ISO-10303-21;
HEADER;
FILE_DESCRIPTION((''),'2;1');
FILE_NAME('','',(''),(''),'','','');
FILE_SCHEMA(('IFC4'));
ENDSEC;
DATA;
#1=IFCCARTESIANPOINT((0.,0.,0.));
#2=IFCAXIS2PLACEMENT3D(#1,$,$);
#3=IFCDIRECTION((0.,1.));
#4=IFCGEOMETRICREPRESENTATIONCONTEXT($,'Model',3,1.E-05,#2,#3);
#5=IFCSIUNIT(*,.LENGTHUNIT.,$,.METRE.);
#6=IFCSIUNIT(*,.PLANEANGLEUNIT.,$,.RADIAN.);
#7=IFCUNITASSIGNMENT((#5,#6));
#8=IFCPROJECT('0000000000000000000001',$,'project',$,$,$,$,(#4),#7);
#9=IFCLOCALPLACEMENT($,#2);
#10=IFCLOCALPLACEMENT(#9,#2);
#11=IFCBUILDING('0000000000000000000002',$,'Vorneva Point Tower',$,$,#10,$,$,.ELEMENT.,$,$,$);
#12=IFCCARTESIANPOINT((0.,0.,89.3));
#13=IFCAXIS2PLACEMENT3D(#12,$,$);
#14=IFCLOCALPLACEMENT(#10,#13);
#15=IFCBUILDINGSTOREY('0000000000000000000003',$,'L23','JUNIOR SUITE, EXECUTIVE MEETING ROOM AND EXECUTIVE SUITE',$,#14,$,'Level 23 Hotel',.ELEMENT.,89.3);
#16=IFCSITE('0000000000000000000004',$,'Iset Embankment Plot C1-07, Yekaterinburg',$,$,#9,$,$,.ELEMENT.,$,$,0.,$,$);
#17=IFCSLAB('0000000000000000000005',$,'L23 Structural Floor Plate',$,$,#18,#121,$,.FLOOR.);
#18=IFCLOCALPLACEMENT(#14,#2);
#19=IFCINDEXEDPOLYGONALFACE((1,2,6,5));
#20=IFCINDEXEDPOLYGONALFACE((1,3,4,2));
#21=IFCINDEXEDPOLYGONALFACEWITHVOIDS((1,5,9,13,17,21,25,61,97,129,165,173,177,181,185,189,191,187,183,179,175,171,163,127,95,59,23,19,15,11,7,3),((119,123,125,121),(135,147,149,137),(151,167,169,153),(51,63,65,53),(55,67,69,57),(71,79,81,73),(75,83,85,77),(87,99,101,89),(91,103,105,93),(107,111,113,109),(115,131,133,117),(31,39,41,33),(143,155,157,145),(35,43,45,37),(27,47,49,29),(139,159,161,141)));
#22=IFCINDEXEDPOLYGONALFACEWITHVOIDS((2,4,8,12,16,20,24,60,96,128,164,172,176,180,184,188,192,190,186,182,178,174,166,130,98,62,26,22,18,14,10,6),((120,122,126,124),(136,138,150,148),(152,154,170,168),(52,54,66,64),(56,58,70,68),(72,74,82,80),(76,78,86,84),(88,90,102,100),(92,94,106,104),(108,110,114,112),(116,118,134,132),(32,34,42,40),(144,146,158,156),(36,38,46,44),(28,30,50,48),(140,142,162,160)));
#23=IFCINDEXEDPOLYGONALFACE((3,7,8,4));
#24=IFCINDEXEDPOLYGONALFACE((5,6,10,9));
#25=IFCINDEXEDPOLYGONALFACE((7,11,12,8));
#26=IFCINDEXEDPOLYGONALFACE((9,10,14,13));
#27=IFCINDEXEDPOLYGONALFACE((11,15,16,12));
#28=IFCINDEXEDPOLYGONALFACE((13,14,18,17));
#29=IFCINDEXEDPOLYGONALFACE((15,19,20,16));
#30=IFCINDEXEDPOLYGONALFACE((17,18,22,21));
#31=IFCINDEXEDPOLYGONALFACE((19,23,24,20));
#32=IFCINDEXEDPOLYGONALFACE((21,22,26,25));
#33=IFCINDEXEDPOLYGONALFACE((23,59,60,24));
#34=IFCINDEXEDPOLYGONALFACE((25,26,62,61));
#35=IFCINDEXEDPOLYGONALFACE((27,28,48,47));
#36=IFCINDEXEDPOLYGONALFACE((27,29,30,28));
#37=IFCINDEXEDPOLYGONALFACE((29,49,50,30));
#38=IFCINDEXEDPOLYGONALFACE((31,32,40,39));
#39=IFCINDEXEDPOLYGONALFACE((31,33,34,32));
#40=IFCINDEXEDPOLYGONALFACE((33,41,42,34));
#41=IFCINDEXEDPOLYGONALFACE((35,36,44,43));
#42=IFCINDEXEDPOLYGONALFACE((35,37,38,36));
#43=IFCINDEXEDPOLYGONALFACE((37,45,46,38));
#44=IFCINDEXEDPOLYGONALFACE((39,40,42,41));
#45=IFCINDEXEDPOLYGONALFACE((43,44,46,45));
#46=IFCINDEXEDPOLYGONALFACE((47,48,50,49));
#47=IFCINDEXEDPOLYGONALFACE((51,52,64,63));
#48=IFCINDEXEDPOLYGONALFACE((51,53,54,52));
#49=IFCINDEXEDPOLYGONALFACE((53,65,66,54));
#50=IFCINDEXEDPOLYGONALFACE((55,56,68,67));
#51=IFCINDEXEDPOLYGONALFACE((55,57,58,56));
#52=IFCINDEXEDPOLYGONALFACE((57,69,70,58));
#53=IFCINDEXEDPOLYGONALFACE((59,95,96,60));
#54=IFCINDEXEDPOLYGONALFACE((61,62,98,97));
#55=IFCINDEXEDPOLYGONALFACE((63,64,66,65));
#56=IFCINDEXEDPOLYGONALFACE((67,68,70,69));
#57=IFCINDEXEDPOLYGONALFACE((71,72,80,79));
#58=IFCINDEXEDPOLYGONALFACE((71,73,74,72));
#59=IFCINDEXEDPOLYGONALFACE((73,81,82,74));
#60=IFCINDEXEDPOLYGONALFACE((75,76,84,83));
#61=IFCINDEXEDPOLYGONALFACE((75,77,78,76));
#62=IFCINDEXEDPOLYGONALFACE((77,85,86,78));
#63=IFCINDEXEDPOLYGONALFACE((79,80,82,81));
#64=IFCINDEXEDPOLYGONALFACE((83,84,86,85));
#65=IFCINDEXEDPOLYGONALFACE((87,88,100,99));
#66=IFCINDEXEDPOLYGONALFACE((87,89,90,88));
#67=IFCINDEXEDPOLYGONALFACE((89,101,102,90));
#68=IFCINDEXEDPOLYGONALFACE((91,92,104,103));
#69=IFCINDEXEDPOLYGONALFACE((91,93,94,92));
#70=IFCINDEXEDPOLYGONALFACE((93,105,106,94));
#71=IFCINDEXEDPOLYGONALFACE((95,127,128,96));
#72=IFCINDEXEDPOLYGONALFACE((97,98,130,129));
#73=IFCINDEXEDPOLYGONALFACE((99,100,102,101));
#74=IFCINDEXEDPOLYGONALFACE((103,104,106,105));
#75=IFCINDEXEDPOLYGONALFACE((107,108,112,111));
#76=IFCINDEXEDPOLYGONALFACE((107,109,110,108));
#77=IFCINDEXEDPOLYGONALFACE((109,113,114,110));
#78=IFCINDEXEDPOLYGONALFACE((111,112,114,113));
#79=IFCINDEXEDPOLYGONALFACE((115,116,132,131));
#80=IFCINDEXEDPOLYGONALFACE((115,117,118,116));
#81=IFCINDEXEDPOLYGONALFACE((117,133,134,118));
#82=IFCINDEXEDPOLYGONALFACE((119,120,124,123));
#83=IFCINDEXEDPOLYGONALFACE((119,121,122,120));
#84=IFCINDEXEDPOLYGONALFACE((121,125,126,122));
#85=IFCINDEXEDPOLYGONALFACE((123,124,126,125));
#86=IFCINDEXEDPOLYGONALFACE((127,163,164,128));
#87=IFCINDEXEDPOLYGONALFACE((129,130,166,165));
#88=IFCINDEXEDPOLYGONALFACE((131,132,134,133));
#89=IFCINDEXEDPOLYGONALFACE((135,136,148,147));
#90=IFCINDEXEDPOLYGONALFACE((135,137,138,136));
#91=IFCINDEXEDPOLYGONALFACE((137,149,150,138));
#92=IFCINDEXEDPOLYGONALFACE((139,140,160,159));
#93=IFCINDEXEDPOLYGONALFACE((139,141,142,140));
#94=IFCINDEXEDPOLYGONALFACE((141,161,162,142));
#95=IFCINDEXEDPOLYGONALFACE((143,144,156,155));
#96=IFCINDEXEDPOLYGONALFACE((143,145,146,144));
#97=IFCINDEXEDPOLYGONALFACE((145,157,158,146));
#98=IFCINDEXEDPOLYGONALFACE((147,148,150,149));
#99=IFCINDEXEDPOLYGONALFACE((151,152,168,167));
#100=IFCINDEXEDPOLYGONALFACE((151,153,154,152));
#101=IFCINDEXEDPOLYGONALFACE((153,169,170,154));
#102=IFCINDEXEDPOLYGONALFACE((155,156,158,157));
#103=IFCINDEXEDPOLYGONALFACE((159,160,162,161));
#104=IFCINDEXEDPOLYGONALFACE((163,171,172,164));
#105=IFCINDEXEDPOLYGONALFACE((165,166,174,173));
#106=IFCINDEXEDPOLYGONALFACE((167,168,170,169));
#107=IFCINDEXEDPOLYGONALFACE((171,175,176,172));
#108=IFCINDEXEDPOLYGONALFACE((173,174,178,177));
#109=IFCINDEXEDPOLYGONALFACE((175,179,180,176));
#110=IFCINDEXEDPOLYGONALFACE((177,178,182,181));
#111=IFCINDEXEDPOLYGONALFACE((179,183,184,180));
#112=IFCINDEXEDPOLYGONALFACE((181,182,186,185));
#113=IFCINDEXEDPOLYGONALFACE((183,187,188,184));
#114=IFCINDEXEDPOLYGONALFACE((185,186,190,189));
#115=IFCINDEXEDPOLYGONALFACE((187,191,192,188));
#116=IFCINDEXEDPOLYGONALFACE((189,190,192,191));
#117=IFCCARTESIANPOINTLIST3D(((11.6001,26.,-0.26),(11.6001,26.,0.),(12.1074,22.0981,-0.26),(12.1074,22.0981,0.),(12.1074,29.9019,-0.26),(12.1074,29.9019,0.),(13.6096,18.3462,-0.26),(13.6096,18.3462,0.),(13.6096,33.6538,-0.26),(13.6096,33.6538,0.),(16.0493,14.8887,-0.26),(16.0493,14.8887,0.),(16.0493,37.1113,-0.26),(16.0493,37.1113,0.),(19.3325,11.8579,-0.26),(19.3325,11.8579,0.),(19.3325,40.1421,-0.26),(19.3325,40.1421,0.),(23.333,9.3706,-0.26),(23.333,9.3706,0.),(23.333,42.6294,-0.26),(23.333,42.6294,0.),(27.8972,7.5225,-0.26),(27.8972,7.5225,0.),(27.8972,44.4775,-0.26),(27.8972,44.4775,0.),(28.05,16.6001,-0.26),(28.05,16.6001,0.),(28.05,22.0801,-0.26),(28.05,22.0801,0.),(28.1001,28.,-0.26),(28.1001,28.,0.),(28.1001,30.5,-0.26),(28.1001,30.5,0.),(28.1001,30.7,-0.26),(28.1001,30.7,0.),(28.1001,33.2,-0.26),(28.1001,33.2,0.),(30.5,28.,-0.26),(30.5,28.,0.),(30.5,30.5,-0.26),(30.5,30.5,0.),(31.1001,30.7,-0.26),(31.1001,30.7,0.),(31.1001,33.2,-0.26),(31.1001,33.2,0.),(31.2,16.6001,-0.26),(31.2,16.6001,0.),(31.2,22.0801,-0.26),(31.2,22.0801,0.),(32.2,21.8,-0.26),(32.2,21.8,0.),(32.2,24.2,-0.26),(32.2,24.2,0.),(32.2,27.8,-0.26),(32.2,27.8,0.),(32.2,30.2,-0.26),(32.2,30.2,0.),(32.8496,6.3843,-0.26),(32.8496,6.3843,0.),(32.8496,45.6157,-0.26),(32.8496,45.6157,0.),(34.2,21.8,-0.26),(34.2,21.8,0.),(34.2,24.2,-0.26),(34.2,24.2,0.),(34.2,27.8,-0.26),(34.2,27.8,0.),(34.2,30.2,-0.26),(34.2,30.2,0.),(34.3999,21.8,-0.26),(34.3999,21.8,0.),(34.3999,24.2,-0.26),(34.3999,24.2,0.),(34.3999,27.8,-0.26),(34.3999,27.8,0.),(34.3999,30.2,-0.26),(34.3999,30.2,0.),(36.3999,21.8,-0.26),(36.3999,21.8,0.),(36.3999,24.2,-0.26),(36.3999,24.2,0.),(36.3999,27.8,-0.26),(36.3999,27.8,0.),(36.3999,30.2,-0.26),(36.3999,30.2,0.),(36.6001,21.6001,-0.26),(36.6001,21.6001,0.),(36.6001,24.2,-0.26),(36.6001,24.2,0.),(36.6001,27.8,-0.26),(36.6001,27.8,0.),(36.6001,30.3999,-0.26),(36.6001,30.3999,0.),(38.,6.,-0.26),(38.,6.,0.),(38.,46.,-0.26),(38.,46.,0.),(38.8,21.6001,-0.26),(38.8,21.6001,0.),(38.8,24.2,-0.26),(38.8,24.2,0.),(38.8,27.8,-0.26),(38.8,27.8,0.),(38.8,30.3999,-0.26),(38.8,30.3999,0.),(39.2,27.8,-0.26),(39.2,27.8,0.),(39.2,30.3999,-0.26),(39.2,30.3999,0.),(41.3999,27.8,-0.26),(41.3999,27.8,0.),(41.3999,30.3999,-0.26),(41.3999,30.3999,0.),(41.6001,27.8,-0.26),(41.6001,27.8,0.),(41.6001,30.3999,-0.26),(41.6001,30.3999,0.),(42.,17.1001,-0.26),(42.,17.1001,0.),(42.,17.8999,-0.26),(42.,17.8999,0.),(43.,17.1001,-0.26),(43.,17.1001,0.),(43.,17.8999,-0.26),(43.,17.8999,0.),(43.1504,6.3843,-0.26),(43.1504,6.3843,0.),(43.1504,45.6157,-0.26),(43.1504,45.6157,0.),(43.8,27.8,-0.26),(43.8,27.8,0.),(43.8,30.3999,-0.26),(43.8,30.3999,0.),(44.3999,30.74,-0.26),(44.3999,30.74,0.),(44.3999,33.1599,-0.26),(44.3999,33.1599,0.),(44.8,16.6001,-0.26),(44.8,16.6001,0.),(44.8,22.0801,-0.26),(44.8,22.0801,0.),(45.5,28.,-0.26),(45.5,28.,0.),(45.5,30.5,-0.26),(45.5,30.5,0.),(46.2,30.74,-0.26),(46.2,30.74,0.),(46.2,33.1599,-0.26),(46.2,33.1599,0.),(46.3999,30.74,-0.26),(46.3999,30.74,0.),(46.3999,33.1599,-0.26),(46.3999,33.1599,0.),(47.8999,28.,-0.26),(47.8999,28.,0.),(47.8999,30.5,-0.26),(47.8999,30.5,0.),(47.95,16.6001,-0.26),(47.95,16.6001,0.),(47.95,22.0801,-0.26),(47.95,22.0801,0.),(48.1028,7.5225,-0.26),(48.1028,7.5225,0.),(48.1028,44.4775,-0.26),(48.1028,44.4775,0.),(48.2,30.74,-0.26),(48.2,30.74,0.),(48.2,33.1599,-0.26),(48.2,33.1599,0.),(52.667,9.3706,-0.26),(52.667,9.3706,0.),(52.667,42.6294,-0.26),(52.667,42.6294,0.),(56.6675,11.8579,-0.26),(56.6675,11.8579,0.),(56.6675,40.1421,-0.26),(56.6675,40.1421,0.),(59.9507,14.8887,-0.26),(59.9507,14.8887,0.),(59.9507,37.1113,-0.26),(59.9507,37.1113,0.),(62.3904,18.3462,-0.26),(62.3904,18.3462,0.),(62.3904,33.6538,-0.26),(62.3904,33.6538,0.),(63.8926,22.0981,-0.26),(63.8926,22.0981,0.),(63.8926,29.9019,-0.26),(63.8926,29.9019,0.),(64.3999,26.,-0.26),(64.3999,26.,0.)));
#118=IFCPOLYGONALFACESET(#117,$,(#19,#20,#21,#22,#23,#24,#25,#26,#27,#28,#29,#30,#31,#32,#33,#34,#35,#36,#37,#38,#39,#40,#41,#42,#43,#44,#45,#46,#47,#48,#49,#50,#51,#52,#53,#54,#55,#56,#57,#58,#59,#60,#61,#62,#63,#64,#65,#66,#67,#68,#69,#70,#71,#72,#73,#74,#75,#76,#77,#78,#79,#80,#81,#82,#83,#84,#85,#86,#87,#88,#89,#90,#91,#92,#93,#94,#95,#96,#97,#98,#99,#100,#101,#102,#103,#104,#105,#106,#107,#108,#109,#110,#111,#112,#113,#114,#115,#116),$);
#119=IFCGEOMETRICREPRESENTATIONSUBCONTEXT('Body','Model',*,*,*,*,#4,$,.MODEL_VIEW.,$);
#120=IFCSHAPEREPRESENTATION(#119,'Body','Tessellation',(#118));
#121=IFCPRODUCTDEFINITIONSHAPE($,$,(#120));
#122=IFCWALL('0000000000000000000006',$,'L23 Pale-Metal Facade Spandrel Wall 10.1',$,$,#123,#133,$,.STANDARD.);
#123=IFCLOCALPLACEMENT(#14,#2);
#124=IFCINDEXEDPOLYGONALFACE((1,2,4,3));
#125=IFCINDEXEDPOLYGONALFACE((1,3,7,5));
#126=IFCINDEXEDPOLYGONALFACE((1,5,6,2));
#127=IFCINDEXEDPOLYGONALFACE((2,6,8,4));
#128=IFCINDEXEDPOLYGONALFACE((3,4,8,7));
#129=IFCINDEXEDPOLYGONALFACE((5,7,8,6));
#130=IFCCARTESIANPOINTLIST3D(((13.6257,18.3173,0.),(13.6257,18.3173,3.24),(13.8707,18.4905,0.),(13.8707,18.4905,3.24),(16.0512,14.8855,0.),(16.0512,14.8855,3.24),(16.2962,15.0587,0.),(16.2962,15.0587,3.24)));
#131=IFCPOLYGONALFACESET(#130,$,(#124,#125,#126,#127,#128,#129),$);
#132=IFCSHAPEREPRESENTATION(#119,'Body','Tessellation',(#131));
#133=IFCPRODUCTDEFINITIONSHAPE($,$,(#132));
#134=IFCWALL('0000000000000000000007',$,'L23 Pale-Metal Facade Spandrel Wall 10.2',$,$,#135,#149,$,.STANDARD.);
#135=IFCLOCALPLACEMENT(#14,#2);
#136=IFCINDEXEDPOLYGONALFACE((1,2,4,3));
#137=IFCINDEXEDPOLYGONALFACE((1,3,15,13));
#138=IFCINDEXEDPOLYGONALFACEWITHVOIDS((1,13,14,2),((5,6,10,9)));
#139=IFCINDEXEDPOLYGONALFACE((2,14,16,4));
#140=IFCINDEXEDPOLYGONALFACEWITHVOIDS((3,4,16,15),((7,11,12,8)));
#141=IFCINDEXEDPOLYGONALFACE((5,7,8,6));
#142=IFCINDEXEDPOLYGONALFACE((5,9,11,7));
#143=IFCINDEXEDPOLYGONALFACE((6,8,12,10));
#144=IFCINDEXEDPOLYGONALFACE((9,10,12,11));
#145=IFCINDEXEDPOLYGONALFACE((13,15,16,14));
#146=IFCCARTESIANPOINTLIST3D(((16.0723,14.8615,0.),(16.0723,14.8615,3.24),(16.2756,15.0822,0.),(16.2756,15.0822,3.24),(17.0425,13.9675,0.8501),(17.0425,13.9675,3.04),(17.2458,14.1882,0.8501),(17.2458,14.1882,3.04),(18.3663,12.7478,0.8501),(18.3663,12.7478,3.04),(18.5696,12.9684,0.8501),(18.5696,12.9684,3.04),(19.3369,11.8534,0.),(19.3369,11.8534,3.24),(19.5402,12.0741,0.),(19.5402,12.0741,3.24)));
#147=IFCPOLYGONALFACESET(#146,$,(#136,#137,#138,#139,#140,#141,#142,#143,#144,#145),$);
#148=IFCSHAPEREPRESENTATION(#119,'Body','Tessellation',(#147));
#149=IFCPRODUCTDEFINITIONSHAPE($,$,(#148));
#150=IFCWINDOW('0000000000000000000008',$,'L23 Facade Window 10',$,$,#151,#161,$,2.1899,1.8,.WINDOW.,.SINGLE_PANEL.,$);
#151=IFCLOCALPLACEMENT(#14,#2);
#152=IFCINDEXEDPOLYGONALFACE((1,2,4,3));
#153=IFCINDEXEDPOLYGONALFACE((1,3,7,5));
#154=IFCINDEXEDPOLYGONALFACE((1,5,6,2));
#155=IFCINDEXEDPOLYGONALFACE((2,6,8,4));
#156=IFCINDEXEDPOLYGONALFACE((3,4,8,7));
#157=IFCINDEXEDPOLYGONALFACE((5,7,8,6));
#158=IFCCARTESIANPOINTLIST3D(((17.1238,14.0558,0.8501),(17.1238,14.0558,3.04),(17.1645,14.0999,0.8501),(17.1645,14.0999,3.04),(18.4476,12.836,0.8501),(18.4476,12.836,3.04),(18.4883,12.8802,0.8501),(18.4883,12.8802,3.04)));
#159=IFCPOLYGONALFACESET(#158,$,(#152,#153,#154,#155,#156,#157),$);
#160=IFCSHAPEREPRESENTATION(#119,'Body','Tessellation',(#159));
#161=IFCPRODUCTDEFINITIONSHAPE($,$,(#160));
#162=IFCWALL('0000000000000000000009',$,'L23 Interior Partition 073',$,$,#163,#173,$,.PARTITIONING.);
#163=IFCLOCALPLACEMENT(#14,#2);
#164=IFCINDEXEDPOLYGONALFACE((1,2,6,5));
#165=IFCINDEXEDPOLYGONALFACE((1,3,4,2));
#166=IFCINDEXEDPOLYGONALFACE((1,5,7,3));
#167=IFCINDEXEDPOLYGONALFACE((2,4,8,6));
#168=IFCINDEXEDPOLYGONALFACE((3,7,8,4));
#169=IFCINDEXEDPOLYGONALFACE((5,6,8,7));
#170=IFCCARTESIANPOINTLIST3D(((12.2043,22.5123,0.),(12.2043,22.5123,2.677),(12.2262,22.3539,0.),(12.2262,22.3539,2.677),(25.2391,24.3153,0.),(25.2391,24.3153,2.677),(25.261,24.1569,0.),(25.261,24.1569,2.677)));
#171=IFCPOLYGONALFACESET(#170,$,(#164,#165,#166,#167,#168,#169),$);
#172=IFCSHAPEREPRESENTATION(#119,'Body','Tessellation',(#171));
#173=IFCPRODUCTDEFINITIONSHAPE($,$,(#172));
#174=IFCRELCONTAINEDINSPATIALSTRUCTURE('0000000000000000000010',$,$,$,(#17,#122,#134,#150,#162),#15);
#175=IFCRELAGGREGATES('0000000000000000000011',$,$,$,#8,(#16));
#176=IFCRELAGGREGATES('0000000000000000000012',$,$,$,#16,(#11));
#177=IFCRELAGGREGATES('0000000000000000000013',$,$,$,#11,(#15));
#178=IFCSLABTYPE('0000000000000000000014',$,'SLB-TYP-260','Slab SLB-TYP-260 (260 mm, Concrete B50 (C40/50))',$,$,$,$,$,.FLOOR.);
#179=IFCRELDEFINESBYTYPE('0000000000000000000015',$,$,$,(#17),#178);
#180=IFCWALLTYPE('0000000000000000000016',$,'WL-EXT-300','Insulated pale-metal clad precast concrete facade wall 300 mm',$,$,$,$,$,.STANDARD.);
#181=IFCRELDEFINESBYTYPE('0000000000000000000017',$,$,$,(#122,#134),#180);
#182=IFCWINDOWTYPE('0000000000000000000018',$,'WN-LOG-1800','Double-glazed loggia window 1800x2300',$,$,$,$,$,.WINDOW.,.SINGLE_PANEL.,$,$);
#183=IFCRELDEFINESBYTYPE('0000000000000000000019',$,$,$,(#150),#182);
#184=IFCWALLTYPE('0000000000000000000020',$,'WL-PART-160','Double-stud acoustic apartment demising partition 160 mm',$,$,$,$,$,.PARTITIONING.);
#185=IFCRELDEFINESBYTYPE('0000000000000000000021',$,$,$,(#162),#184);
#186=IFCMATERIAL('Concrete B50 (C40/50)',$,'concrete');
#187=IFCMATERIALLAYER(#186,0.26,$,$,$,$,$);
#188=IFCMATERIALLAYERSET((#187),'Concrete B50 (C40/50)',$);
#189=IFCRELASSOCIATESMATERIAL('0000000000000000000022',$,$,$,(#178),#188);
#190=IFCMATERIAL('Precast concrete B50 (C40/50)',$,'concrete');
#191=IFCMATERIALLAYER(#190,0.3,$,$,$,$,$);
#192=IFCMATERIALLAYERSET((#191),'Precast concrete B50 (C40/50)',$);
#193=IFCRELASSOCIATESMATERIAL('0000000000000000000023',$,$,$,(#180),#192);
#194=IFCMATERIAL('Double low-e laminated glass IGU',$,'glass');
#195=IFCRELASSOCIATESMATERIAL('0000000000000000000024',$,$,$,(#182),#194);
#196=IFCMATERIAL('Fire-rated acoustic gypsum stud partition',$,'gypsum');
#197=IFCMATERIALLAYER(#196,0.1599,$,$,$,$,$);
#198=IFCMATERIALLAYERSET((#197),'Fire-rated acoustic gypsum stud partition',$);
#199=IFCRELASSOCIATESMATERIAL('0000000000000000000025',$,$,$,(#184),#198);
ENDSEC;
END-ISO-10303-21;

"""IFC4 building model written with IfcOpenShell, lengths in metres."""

from ifc_helpers import new_model, si_unit, direction, frame, frame_2d, origin, place, context, subcontext, project, spatial, polyline, rectangle, outline, extrude, material, layer, layer_set, type_object, element, fill, save


model = new_model("IFC4")

# Units and contexts
model_context = context("Model", 3, precision=1e-05, world=origin(), true_north=direction((0.0, 1.0)))
body_context = subcontext(model_context, "Body", "Model", "MODEL_VIEW")
ifc_project = project(units=[si_unit("LENGTHUNIT", "METRE"), si_unit("PLANEANGLEUNIT", "RADIAN")], contexts=[model_context])

# Site, building, storey
site_placement = place(None, origin())
site = spatial("IfcSite", under=ifc_project, at=site_placement, Name="Iset Embankment Plot C1-07, Yekaterinburg", CompositionType="ELEMENT", RefElevation=0.0)
building_placement = place(site_placement, origin())
building = spatial("IfcBuilding", under=site, at=building_placement, Name="Vorneva Point Tower", CompositionType="ELEMENT")
storey_placement = place(building_placement, frame((0.0, 0.0, 89.3)))
storey = spatial("IfcBuildingStorey", under=building, at=storey_placement, Name="L23", Description="JUNIOR SUITE, EXECUTIVE MEETING ROOM AND EXECUTIVE SUITE", LongName="Level 23 Hotel", CompositionType="ELEMENT", Elevation=89.3)

# Shared definitions
ifc_material_1 = material(Name="Double low-e laminated glass IGU", Category="glass")

# Shared definitions
ifc_material_2 = material(Name="Concrete B50 (C40/50)", Category="concrete")

# Slab
ifc_layer_1 = layer(ifc_material_2, 0.26)
ifc_layer_set_1 = layer_set([ifc_layer_1], Name="Concrete B50 (C40/50)")
slab_type_1 = type_object("IfcSlabType", Name="SLB-TYP-260", Description="Slab SLB-TYP-260 (260 mm, Concrete B50 (C40/50))", PredefinedType="FLOOR", material=ifc_layer_set_1)
slab_1_placement = place(storey_placement, frame((0.0, 0.0, -0.26)))
element("IfcSlab", 1, at=slab_1_placement, inside=storey, type_object=slab_type_1, Name="L23 Structural Floor Plate", PredefinedType="FLOOR", context=body_context, shape_type="SweptSolid", body=[
    extrude(outline(polyline([(64.3999, 26.0), (63.8926, 29.9019), (62.3904, 33.6538), (59.9507, 37.1113), (56.6675, 40.1421), (52.667, 42.6294), (48.1028, 44.4775), (43.1504, 45.6157), (38.0, 46.0), (32.8496, 45.6157), (27.8972, 44.4775), (23.333, 42.6294), (19.3325, 40.1421), (16.0493, 37.1113), (13.6096, 33.6538), (12.1074, 29.9019), (11.6001, 26.0), (12.1074, 22.0981), (13.6096, 18.3462), (16.0493, 14.8887), (19.3325, 11.8579), (23.333, 9.3706), (27.8972, 7.5225), (32.8496, 6.3843), (38.0, 6.0), (43.1504, 6.3843), (48.1028, 7.5225), (52.667, 9.3706), (56.6675, 11.8579), (59.9507, 14.8887), (62.3904, 18.3462), (63.8926, 22.0981), (64.3999, 26.0)]), holes=[polyline([(32.2, 27.8), (34.2, 27.8), (34.2, 30.2), (32.2, 30.2), (32.2, 27.8)]), polyline([(34.3999, 27.8), (36.3999, 27.8), (36.3999, 30.2), (34.3999, 30.2), (34.3999, 27.8)]), polyline([(36.6001, 27.8), (38.8, 27.8), (38.8, 30.3999), (36.6001, 30.3999), (36.6001, 27.8)]), polyline([(32.2, 21.8), (34.2, 21.8), (34.2, 24.2), (32.2, 24.2), (32.2, 21.8)]), polyline([(34.3999, 21.8), (36.3999, 21.8), (36.3999, 24.2), (34.3999, 24.2), (34.3999, 21.8)]), polyline([(36.6001, 21.6001), (38.8, 21.6001), (38.8, 24.2), (36.6001, 24.2), (36.6001, 21.6001)]), polyline([(39.2, 27.8), (41.3999, 27.8), (41.3999, 30.3999), (39.2, 30.3999), (39.2, 27.8)]), polyline([(41.6001, 27.8), (43.8, 27.8), (43.8, 30.3999), (41.6001, 30.3999), (41.6001, 27.8)]), polyline([(44.3999, 30.74), (46.2, 30.74), (46.2, 33.1599), (44.3999, 33.1599), (44.3999, 30.74)]), polyline([(46.3999, 30.74), (48.2, 30.74), (48.2, 33.1599), (46.3999, 33.1599), (46.3999, 30.74)]), polyline([(28.1001, 28.0), (30.5, 28.0), (30.5, 30.5), (28.1001, 30.5), (28.1001, 28.0)]), polyline([(45.5, 28.0), (47.8999, 28.0), (47.8999, 30.5), (45.5, 30.5), (45.5, 28.0)]), polyline([(28.1001, 30.7), (31.1001, 30.7), (31.1001, 33.2), (28.1001, 33.2), (28.1001, 30.7)]), polyline([(28.05, 16.6001), (31.2, 16.6001), (31.2, 22.0801), (28.05, 22.0801), (28.05, 16.6001)]), polyline([(44.8, 16.6001), (47.95, 16.6001), (47.95, 22.0801), (44.8, 22.0801), (44.8, 16.6001)]), polyline([(42.0, 17.1001), (43.0, 17.1001), (43.0, 17.8999), (42.0, 17.8999), (42.0, 17.1001)])]), origin(), (0.0, 0.0, 1.0), 0.26),
])

# Wall
ifc_material_3 = material(Name="Precast concrete B50 (C40/50)", Category="concrete")
ifc_layer_2 = layer(ifc_material_3, 0.3)
ifc_layer_set_2 = layer_set([ifc_layer_2], Name="Precast concrete B50 (C40/50)")
wall_type_1 = type_object("IfcWallType", Name="WL-EXT-300", Description="Insulated pale-metal clad precast concrete facade wall 300 mm", PredefinedType="STANDARD", material=ifc_layer_set_2)
wall_1_placement = place(storey_placement, frame((13.7483, 18.4038, 0.0), z_axis=(0.0, 0.0, 1.0), x_axis=(0.577164, -0.816628, 0.0)))
element("IfcWall", 2, at=wall_1_placement, inside=storey, type_object=wall_type_1, Name="L23 Pale-Metal Facade Spandrel Wall 10.1", PredefinedType="STANDARD", context=body_context, shape_type="SweptSolid", body=[
    extrude(rectangle(XDim=4.2024, YDim=0.3, at=frame_2d((2.1011, 0.0))), origin(), (0.0, 0.0, 1.0), 3.24),
])

# Wall, opening, window
wall_2_placement = place(storey_placement, frame((16.1738, 14.9719, 0.0), z_axis=(0.0, 0.0, 1.0), x_axis=(0.735417, -0.677615, 0.0)))
wall_2 = element("IfcWall", 3, at=wall_2_placement, inside=storey, type_object=wall_type_1, Name="L23 Pale-Metal Facade Spandrel Wall 10.2", PredefinedType="STANDARD", context=body_context, shape_type="SweptSolid", body=[
    extrude(rectangle(XDim=4.4392, YDim=0.3, at=frame_2d((2.2197, 0.0))), origin(), (0.0, 0.0, 1.0), 3.24),
])
opening_placement = place(wall_2_placement, frame((1.3196, 0.0, 0.8501)))
opening = element("IfcOpeningElement", 4, at=opening_placement, cuts=wall_2, PredefinedType="OPENING", context=body_context, shape_type="SweptSolid", body=[
    extrude(rectangle(XDim=1.8, YDim=2.1899, at=frame_2d((0.8999, 1.095))), frame((0.0, 0.165, 0.0), z_axis=(0.0, -1.0, 0.0), x_axis=(1.0, 0.0, 0.0)), (0.0, 0.0, 1.0), 0.3298),
])
window_type = type_object("IfcWindowType", Name="WN-LOG-1800", Description="Double-glazed loggia window 1800x2300", PartitioningType="SINGLE_PANEL", PredefinedType="WINDOW", material=ifc_material_1)
window_placement = place(opening_placement, origin())
window = element("IfcWindow", 5, at=window_placement, inside=storey, type_object=window_type, Name="L23 Facade Window 10", OverallHeight=2.1899, OverallWidth=1.8, PartitioningType="SINGLE_PANEL", PredefinedType="WINDOW", context=body_context, shape_type="SweptSolid", body=[
    extrude(rectangle(XDim=1.8, YDim=2.1899, at=frame_2d((0.8999, 1.095))), frame((0.0, 0.03, 0.0), z_axis=(0.0, -1.0, 0.0), x_axis=(1.0, 0.0, 0.0)), (0.0, 0.0, 1.0), 0.0601),
])
fill(opening, window)

# Wall
ifc_material_4 = material(Name="Fire-rated acoustic gypsum stud partition", Category="gypsum")
ifc_layer_3 = layer(ifc_material_4, 0.1599)
ifc_layer_set_3 = layer_set([ifc_layer_3], Name="Fire-rated acoustic gypsum stud partition")
wall_type_2 = type_object("IfcWallType", Name="WL-PART-160", Description="Double-stud acoustic apartment demising partition 160 mm", PredefinedType="PARTITIONING", material=ifc_layer_set_3)
wall_3_placement = place(storey_placement, frame((12.2151, 22.4331, 0.0), z_axis=(0.0, 0.0, 1.0), x_axis=(0.990569, 0.137015, 0.0)))
element("IfcWall", 6, at=wall_3_placement, inside=storey, type_object=wall_type_2, Name="L23 Interior Partition 073", PredefinedType="PARTITIONING", context=body_context, shape_type="SweptSolid", body=[
    extrude(rectangle(XDim=13.1589, YDim=0.1599, at=frame_2d((6.5796, 0.0))), origin(), (0.0, 0.0, 1.0), 2.677),
])

save(model, "model.ifc")
